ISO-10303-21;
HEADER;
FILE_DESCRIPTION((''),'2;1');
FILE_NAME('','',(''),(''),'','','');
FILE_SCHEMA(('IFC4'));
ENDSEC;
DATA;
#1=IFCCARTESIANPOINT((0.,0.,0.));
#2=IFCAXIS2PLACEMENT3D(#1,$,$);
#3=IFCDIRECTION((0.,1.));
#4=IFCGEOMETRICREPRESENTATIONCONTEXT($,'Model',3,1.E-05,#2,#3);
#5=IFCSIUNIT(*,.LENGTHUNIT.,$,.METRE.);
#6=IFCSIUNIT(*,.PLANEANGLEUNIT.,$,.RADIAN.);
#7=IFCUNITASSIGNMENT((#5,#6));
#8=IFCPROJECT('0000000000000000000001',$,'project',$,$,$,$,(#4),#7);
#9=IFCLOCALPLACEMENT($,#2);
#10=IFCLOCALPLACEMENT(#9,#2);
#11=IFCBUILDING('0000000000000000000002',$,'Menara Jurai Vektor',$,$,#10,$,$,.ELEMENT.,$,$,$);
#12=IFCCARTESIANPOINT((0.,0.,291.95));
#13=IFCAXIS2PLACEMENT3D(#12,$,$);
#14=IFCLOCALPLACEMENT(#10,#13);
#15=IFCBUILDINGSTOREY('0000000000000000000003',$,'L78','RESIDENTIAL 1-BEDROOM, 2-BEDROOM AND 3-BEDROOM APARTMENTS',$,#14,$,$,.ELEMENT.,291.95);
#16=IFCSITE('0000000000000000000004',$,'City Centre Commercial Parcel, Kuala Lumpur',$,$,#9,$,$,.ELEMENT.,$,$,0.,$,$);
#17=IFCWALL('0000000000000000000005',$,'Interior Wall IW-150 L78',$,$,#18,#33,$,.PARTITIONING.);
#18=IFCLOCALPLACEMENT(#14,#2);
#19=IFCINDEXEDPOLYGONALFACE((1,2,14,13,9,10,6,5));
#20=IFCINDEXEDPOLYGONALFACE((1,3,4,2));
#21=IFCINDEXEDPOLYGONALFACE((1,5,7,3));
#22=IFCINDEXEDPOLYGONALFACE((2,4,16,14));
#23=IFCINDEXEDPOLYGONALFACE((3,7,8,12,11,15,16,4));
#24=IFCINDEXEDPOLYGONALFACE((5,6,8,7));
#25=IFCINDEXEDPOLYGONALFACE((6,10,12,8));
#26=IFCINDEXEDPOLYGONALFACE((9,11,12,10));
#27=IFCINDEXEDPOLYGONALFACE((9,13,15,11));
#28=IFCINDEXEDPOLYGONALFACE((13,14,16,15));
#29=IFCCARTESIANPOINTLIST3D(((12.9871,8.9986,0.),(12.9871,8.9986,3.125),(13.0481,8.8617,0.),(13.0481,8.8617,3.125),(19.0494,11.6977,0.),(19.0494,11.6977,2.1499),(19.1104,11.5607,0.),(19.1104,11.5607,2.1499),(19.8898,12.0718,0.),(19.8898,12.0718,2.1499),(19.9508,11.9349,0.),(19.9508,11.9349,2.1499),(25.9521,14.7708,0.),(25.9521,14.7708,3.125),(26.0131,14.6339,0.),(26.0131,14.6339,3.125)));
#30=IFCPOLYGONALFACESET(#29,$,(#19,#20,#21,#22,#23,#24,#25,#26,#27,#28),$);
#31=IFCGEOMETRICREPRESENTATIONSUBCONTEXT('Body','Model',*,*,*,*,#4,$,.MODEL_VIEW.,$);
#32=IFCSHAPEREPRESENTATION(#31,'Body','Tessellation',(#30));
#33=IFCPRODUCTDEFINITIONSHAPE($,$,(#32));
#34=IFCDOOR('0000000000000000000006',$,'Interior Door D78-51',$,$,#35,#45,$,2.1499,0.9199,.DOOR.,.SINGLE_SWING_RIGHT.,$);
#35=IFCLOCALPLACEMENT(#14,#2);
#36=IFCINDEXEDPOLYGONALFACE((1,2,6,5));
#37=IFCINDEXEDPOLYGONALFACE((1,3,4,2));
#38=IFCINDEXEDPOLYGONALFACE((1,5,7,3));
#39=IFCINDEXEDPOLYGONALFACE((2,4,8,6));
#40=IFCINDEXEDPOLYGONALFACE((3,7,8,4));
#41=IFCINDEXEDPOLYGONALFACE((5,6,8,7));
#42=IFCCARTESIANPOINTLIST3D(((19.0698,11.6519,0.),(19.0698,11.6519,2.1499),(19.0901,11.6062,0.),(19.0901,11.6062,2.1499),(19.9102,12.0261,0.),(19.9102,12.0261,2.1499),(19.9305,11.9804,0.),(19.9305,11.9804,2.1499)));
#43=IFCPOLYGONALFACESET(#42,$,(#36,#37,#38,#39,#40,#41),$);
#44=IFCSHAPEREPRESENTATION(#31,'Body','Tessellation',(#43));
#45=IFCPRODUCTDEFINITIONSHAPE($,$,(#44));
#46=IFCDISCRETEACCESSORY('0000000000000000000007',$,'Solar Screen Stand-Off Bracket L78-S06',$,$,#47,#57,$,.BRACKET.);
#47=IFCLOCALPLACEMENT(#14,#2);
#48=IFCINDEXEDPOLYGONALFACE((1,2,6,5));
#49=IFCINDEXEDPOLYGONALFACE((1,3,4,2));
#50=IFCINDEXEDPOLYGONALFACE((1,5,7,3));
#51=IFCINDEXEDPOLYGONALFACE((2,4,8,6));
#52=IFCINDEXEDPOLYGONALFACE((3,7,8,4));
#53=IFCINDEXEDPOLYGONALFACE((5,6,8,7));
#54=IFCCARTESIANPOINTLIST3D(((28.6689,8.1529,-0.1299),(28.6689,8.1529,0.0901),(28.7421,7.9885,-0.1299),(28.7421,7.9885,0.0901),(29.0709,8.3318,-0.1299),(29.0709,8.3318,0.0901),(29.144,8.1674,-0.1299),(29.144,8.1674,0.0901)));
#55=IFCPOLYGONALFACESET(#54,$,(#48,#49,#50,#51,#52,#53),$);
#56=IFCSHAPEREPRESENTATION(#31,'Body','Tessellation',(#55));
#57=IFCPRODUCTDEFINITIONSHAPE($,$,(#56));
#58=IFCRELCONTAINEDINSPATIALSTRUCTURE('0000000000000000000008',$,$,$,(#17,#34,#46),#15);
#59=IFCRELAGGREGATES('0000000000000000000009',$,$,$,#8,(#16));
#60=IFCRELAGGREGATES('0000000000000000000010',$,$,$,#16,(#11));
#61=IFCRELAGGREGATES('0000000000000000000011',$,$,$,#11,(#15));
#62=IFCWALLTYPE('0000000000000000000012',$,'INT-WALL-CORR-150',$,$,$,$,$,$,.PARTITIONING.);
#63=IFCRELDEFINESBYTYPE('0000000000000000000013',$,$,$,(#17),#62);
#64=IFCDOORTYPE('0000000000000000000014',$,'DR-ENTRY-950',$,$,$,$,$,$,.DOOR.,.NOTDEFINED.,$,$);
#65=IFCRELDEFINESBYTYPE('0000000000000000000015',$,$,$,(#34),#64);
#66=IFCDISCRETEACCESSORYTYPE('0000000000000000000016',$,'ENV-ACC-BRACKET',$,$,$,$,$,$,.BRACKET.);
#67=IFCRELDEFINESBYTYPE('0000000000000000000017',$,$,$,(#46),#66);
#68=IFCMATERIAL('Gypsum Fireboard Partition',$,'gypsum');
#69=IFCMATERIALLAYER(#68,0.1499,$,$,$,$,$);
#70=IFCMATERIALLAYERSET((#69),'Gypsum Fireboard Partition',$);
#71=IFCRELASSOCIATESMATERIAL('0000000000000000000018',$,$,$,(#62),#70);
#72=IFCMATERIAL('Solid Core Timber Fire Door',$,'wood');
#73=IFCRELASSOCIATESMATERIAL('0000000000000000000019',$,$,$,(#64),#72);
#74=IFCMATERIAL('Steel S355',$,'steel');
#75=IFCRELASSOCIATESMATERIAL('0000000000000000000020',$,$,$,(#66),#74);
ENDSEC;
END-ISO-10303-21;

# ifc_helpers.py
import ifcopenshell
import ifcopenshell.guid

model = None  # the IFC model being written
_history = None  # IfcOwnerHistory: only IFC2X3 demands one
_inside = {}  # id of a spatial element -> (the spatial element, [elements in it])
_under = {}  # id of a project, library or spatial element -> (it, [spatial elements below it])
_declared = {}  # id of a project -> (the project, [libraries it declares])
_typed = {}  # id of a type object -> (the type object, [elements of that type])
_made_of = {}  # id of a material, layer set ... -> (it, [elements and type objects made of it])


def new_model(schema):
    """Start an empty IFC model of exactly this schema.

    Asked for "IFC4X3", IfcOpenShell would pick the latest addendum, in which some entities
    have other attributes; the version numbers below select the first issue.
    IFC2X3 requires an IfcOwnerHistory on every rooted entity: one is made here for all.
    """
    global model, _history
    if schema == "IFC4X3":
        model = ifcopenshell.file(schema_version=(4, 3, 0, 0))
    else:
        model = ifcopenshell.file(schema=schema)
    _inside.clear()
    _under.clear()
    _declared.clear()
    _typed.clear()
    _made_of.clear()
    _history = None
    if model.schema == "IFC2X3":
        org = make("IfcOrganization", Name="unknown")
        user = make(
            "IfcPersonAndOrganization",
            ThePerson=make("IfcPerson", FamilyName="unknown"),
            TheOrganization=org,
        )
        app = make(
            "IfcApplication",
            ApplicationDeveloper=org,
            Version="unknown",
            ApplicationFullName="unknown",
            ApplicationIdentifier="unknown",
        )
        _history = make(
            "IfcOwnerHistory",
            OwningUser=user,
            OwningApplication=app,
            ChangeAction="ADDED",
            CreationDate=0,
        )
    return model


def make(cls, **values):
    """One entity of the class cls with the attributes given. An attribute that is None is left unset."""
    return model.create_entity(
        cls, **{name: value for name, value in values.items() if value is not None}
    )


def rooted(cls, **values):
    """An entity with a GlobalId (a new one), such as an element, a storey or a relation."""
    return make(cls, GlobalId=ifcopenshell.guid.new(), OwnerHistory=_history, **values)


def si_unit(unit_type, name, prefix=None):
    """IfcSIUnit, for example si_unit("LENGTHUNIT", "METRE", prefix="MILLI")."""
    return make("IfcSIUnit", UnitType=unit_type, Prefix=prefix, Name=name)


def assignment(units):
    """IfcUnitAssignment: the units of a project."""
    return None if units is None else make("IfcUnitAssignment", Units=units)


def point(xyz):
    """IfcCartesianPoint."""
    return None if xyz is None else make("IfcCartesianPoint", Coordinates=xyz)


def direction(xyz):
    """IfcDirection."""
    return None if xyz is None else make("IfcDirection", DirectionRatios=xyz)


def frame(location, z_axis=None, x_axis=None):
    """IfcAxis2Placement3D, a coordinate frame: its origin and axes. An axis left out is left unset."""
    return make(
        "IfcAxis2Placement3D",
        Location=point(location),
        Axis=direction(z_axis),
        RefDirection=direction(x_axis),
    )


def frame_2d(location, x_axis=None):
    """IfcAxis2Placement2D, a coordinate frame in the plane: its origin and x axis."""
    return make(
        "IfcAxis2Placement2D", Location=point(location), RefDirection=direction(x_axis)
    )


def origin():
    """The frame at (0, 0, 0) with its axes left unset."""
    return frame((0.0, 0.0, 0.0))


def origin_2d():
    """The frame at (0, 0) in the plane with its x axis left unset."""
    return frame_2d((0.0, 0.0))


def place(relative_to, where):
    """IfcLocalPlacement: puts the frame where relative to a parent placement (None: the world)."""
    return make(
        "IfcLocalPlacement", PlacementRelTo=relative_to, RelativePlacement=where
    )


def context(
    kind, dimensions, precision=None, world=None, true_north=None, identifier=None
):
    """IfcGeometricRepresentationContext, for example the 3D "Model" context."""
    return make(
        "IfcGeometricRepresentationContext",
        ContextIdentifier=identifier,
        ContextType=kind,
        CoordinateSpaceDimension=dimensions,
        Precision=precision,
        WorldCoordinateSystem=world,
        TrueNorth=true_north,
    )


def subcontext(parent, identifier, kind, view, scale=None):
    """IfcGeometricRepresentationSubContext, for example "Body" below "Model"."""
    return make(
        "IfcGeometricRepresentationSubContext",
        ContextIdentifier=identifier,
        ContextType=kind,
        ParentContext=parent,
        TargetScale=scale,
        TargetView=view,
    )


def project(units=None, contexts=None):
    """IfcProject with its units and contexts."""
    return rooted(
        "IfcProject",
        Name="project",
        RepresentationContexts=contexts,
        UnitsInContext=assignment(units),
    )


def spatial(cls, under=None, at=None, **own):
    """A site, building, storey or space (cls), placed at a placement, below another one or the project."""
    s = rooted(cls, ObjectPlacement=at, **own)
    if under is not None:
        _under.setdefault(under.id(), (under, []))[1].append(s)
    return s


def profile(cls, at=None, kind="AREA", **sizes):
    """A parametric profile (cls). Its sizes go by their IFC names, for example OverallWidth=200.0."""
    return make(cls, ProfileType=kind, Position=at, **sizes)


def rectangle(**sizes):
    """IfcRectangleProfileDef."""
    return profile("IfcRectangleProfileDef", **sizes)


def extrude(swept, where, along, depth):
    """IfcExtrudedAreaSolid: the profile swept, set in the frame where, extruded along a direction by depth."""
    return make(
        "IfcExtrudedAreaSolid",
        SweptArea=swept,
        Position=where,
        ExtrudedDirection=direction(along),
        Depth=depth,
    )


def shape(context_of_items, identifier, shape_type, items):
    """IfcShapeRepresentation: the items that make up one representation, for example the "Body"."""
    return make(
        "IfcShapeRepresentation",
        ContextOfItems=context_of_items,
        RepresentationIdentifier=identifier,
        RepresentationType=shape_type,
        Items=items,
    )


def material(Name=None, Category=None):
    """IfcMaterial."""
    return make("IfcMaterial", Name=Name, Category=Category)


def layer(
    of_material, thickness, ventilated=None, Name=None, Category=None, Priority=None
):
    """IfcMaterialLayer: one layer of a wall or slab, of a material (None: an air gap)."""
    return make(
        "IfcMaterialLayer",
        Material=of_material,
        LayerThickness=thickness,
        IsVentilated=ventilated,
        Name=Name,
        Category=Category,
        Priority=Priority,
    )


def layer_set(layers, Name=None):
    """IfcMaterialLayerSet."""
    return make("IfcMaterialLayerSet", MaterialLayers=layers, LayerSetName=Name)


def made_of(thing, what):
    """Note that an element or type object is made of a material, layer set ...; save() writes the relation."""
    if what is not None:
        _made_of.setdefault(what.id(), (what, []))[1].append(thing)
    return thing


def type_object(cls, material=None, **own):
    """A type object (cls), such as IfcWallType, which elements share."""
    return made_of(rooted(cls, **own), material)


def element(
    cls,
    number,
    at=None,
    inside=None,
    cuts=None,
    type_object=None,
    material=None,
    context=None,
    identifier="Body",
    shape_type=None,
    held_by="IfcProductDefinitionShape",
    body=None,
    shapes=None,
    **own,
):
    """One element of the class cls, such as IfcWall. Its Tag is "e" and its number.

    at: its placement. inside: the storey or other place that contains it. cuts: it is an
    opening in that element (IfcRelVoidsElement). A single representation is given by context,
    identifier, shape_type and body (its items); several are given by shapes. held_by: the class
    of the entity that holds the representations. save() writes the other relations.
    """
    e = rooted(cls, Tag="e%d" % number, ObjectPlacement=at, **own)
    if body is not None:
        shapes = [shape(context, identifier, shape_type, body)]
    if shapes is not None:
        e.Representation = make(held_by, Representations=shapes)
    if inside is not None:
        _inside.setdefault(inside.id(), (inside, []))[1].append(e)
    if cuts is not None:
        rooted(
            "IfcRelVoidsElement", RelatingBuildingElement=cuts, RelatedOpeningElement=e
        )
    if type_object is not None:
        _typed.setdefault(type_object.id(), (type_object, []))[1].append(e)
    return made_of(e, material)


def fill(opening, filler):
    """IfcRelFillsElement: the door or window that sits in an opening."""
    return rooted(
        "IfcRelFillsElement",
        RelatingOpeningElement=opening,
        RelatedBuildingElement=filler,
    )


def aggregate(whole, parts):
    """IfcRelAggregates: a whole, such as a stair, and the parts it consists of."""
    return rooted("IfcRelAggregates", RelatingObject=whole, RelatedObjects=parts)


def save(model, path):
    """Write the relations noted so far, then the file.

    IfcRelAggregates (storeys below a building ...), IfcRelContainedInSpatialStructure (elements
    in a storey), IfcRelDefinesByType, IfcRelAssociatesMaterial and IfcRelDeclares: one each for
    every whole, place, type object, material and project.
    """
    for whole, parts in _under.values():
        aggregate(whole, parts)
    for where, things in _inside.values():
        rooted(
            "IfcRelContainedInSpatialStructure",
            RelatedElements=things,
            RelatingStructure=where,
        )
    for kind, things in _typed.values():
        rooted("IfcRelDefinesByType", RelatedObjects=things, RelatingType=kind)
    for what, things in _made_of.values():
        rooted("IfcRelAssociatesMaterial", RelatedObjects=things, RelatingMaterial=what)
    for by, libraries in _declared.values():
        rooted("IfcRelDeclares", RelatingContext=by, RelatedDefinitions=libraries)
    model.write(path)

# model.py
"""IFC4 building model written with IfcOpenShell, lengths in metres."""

from ifc_helpers import new_model, si_unit, direction, frame, frame_2d, origin, origin_2d, place, context, subcontext, project, spatial, rectangle, extrude, material, layer, layer_set, type_object, element, fill, save


model = new_model("IFC4")

# Units and contexts
model_context = context("Model", 3, precision=1e-05, world=origin(), true_north=direction((0.0, 1.0)))
body_context = subcontext(model_context, "Body", "Model", "MODEL_VIEW")
ifc_project = project(units=[si_unit("LENGTHUNIT", "METRE"), si_unit("PLANEANGLEUNIT", "RADIAN")], contexts=[model_context])

# Site, building, storey
site_placement = place(None, origin())
site = spatial("IfcSite", under=ifc_project, at=site_placement, Name="City Centre Commercial Parcel, Kuala Lumpur", CompositionType="ELEMENT", RefElevation=0.0)
building_placement = place(site_placement, origin())
building = spatial("IfcBuilding", under=site, at=building_placement, Name="Menara Jurai Vektor", CompositionType="ELEMENT")
storey_placement = place(building_placement, frame((0.0, 0.0, 291.95)))
storey = spatial("IfcBuildingStorey", under=building, at=storey_placement, Name="L78", Description="RESIDENTIAL 1-BEDROOM, 2-BEDROOM AND 3-BEDROOM APARTMENTS", CompositionType="ELEMENT", Elevation=291.95)

# Shared definitions
ifc_material_1 = material(Name="Steel S355", Category="steel")

# Shared definitions
ifc_material_2 = material(Name="Gypsum Fireboard Partition", Category="gypsum")
ifc_layer_1 = layer(ifc_material_2, 0.1499)
ifc_layer_set_1 = layer_set([ifc_layer_1], Name="Gypsum Fireboard Partition")
wall_type = type_object("IfcWallType", Name="INT-WALL-CORR-150", PredefinedType="PARTITIONING", material=ifc_layer_set_1)

# Wall, opening, door
ifc_material_3 = material(Name="Solid Core Timber Fire Door", Category="wood")
door_type = type_object("IfcDoorType", Name="DR-ENTRY-950", OperationType="NOTDEFINED", PredefinedType="DOOR", material=ifc_material_3)
wall_1_placement = place(storey_placement, frame((13.0176, 8.9302, 0.0), z_axis=(0.0, 0.0, 1.0), x_axis=(0.913551, 0.406724, 0.0)))
wall_1 = element("IfcWall", 1, at=wall_1_placement, inside=storey, type_object=wall_type, Name="Interior Wall IW-150 L78", PredefinedType="PARTITIONING", context=body_context, shape_type="SweptSolid", body=[
    extrude(rectangle(XDim=14.1919, YDim=0.1499, at=frame_2d((7.0959, 0.0))), origin(), (0.0, 0.0, 1.0), 3.125),
])
opening_1_placement = place(wall_1_placement, frame((6.636, 0.0, 0.0)))
opening_1 = element("IfcOpeningElement", 2, at=opening_1_placement, cuts=wall_1, PredefinedType="OPENING", context=body_context, shape_type="SweptSolid", body=[
    extrude(rectangle(XDim=0.9199, YDim=2.1499, at=frame_2d((0.46, 1.075))), frame((0.0, 0.085, 0.0), z_axis=(0.0, -1.0, 0.0), x_axis=(1.0, 0.0, 0.0)), (0.0, 0.0, 1.0), 0.1699),
])
door_1_placement = place(opening_1_placement, origin())
door_1 = element("IfcDoor", 3, at=door_1_placement, inside=storey, type_object=door_type, Name="Interior Door D78-51", OperationType="SINGLE_SWING_RIGHT", OverallHeight=2.1499, OverallWidth=0.9199, PredefinedType="DOOR", context=body_context, shape_type="SweptSolid", body=[
    extrude(rectangle(XDim=0.9199, YDim=2.1499, at=frame_2d((0.46, 1.075))), frame((0.0, 0.0249, 0.0), z_axis=(0.0, -1.0, 0.0), x_axis=(1.0, 0.0, 0.0)), (0.0, 0.0, 1.0), 0.05),
])
fill(opening_1, door_1)

# Discrete accessory
discrete_accessory_type = type_object("IfcDiscreteAccessoryType", Name="ENV-ACC-BRACKET", PredefinedType="BRACKET", material=ifc_material_1)
discrete_accessory_placement = place(storey_placement, frame((28.9065, 8.1602, -0.1299), z_axis=(0.0, 0.0, 1.0), x_axis=(-0.406737, 0.913545, 0.0)))
element("IfcDiscreteAccessory", 4, at=discrete_accessory_placement, inside=storey, type_object=discrete_accessory_type, Name="Solar Screen Stand-Off Bracket L78-S06", PredefinedType="BRACKET", context=body_context, shape_type="SweptSolid", body=[
    extrude(rectangle(XDim=0.1799, YDim=0.4399, at=origin_2d()), origin(), (0.0, 0.0, 1.0), 0.22),
])

save(model, "model.ifc")
